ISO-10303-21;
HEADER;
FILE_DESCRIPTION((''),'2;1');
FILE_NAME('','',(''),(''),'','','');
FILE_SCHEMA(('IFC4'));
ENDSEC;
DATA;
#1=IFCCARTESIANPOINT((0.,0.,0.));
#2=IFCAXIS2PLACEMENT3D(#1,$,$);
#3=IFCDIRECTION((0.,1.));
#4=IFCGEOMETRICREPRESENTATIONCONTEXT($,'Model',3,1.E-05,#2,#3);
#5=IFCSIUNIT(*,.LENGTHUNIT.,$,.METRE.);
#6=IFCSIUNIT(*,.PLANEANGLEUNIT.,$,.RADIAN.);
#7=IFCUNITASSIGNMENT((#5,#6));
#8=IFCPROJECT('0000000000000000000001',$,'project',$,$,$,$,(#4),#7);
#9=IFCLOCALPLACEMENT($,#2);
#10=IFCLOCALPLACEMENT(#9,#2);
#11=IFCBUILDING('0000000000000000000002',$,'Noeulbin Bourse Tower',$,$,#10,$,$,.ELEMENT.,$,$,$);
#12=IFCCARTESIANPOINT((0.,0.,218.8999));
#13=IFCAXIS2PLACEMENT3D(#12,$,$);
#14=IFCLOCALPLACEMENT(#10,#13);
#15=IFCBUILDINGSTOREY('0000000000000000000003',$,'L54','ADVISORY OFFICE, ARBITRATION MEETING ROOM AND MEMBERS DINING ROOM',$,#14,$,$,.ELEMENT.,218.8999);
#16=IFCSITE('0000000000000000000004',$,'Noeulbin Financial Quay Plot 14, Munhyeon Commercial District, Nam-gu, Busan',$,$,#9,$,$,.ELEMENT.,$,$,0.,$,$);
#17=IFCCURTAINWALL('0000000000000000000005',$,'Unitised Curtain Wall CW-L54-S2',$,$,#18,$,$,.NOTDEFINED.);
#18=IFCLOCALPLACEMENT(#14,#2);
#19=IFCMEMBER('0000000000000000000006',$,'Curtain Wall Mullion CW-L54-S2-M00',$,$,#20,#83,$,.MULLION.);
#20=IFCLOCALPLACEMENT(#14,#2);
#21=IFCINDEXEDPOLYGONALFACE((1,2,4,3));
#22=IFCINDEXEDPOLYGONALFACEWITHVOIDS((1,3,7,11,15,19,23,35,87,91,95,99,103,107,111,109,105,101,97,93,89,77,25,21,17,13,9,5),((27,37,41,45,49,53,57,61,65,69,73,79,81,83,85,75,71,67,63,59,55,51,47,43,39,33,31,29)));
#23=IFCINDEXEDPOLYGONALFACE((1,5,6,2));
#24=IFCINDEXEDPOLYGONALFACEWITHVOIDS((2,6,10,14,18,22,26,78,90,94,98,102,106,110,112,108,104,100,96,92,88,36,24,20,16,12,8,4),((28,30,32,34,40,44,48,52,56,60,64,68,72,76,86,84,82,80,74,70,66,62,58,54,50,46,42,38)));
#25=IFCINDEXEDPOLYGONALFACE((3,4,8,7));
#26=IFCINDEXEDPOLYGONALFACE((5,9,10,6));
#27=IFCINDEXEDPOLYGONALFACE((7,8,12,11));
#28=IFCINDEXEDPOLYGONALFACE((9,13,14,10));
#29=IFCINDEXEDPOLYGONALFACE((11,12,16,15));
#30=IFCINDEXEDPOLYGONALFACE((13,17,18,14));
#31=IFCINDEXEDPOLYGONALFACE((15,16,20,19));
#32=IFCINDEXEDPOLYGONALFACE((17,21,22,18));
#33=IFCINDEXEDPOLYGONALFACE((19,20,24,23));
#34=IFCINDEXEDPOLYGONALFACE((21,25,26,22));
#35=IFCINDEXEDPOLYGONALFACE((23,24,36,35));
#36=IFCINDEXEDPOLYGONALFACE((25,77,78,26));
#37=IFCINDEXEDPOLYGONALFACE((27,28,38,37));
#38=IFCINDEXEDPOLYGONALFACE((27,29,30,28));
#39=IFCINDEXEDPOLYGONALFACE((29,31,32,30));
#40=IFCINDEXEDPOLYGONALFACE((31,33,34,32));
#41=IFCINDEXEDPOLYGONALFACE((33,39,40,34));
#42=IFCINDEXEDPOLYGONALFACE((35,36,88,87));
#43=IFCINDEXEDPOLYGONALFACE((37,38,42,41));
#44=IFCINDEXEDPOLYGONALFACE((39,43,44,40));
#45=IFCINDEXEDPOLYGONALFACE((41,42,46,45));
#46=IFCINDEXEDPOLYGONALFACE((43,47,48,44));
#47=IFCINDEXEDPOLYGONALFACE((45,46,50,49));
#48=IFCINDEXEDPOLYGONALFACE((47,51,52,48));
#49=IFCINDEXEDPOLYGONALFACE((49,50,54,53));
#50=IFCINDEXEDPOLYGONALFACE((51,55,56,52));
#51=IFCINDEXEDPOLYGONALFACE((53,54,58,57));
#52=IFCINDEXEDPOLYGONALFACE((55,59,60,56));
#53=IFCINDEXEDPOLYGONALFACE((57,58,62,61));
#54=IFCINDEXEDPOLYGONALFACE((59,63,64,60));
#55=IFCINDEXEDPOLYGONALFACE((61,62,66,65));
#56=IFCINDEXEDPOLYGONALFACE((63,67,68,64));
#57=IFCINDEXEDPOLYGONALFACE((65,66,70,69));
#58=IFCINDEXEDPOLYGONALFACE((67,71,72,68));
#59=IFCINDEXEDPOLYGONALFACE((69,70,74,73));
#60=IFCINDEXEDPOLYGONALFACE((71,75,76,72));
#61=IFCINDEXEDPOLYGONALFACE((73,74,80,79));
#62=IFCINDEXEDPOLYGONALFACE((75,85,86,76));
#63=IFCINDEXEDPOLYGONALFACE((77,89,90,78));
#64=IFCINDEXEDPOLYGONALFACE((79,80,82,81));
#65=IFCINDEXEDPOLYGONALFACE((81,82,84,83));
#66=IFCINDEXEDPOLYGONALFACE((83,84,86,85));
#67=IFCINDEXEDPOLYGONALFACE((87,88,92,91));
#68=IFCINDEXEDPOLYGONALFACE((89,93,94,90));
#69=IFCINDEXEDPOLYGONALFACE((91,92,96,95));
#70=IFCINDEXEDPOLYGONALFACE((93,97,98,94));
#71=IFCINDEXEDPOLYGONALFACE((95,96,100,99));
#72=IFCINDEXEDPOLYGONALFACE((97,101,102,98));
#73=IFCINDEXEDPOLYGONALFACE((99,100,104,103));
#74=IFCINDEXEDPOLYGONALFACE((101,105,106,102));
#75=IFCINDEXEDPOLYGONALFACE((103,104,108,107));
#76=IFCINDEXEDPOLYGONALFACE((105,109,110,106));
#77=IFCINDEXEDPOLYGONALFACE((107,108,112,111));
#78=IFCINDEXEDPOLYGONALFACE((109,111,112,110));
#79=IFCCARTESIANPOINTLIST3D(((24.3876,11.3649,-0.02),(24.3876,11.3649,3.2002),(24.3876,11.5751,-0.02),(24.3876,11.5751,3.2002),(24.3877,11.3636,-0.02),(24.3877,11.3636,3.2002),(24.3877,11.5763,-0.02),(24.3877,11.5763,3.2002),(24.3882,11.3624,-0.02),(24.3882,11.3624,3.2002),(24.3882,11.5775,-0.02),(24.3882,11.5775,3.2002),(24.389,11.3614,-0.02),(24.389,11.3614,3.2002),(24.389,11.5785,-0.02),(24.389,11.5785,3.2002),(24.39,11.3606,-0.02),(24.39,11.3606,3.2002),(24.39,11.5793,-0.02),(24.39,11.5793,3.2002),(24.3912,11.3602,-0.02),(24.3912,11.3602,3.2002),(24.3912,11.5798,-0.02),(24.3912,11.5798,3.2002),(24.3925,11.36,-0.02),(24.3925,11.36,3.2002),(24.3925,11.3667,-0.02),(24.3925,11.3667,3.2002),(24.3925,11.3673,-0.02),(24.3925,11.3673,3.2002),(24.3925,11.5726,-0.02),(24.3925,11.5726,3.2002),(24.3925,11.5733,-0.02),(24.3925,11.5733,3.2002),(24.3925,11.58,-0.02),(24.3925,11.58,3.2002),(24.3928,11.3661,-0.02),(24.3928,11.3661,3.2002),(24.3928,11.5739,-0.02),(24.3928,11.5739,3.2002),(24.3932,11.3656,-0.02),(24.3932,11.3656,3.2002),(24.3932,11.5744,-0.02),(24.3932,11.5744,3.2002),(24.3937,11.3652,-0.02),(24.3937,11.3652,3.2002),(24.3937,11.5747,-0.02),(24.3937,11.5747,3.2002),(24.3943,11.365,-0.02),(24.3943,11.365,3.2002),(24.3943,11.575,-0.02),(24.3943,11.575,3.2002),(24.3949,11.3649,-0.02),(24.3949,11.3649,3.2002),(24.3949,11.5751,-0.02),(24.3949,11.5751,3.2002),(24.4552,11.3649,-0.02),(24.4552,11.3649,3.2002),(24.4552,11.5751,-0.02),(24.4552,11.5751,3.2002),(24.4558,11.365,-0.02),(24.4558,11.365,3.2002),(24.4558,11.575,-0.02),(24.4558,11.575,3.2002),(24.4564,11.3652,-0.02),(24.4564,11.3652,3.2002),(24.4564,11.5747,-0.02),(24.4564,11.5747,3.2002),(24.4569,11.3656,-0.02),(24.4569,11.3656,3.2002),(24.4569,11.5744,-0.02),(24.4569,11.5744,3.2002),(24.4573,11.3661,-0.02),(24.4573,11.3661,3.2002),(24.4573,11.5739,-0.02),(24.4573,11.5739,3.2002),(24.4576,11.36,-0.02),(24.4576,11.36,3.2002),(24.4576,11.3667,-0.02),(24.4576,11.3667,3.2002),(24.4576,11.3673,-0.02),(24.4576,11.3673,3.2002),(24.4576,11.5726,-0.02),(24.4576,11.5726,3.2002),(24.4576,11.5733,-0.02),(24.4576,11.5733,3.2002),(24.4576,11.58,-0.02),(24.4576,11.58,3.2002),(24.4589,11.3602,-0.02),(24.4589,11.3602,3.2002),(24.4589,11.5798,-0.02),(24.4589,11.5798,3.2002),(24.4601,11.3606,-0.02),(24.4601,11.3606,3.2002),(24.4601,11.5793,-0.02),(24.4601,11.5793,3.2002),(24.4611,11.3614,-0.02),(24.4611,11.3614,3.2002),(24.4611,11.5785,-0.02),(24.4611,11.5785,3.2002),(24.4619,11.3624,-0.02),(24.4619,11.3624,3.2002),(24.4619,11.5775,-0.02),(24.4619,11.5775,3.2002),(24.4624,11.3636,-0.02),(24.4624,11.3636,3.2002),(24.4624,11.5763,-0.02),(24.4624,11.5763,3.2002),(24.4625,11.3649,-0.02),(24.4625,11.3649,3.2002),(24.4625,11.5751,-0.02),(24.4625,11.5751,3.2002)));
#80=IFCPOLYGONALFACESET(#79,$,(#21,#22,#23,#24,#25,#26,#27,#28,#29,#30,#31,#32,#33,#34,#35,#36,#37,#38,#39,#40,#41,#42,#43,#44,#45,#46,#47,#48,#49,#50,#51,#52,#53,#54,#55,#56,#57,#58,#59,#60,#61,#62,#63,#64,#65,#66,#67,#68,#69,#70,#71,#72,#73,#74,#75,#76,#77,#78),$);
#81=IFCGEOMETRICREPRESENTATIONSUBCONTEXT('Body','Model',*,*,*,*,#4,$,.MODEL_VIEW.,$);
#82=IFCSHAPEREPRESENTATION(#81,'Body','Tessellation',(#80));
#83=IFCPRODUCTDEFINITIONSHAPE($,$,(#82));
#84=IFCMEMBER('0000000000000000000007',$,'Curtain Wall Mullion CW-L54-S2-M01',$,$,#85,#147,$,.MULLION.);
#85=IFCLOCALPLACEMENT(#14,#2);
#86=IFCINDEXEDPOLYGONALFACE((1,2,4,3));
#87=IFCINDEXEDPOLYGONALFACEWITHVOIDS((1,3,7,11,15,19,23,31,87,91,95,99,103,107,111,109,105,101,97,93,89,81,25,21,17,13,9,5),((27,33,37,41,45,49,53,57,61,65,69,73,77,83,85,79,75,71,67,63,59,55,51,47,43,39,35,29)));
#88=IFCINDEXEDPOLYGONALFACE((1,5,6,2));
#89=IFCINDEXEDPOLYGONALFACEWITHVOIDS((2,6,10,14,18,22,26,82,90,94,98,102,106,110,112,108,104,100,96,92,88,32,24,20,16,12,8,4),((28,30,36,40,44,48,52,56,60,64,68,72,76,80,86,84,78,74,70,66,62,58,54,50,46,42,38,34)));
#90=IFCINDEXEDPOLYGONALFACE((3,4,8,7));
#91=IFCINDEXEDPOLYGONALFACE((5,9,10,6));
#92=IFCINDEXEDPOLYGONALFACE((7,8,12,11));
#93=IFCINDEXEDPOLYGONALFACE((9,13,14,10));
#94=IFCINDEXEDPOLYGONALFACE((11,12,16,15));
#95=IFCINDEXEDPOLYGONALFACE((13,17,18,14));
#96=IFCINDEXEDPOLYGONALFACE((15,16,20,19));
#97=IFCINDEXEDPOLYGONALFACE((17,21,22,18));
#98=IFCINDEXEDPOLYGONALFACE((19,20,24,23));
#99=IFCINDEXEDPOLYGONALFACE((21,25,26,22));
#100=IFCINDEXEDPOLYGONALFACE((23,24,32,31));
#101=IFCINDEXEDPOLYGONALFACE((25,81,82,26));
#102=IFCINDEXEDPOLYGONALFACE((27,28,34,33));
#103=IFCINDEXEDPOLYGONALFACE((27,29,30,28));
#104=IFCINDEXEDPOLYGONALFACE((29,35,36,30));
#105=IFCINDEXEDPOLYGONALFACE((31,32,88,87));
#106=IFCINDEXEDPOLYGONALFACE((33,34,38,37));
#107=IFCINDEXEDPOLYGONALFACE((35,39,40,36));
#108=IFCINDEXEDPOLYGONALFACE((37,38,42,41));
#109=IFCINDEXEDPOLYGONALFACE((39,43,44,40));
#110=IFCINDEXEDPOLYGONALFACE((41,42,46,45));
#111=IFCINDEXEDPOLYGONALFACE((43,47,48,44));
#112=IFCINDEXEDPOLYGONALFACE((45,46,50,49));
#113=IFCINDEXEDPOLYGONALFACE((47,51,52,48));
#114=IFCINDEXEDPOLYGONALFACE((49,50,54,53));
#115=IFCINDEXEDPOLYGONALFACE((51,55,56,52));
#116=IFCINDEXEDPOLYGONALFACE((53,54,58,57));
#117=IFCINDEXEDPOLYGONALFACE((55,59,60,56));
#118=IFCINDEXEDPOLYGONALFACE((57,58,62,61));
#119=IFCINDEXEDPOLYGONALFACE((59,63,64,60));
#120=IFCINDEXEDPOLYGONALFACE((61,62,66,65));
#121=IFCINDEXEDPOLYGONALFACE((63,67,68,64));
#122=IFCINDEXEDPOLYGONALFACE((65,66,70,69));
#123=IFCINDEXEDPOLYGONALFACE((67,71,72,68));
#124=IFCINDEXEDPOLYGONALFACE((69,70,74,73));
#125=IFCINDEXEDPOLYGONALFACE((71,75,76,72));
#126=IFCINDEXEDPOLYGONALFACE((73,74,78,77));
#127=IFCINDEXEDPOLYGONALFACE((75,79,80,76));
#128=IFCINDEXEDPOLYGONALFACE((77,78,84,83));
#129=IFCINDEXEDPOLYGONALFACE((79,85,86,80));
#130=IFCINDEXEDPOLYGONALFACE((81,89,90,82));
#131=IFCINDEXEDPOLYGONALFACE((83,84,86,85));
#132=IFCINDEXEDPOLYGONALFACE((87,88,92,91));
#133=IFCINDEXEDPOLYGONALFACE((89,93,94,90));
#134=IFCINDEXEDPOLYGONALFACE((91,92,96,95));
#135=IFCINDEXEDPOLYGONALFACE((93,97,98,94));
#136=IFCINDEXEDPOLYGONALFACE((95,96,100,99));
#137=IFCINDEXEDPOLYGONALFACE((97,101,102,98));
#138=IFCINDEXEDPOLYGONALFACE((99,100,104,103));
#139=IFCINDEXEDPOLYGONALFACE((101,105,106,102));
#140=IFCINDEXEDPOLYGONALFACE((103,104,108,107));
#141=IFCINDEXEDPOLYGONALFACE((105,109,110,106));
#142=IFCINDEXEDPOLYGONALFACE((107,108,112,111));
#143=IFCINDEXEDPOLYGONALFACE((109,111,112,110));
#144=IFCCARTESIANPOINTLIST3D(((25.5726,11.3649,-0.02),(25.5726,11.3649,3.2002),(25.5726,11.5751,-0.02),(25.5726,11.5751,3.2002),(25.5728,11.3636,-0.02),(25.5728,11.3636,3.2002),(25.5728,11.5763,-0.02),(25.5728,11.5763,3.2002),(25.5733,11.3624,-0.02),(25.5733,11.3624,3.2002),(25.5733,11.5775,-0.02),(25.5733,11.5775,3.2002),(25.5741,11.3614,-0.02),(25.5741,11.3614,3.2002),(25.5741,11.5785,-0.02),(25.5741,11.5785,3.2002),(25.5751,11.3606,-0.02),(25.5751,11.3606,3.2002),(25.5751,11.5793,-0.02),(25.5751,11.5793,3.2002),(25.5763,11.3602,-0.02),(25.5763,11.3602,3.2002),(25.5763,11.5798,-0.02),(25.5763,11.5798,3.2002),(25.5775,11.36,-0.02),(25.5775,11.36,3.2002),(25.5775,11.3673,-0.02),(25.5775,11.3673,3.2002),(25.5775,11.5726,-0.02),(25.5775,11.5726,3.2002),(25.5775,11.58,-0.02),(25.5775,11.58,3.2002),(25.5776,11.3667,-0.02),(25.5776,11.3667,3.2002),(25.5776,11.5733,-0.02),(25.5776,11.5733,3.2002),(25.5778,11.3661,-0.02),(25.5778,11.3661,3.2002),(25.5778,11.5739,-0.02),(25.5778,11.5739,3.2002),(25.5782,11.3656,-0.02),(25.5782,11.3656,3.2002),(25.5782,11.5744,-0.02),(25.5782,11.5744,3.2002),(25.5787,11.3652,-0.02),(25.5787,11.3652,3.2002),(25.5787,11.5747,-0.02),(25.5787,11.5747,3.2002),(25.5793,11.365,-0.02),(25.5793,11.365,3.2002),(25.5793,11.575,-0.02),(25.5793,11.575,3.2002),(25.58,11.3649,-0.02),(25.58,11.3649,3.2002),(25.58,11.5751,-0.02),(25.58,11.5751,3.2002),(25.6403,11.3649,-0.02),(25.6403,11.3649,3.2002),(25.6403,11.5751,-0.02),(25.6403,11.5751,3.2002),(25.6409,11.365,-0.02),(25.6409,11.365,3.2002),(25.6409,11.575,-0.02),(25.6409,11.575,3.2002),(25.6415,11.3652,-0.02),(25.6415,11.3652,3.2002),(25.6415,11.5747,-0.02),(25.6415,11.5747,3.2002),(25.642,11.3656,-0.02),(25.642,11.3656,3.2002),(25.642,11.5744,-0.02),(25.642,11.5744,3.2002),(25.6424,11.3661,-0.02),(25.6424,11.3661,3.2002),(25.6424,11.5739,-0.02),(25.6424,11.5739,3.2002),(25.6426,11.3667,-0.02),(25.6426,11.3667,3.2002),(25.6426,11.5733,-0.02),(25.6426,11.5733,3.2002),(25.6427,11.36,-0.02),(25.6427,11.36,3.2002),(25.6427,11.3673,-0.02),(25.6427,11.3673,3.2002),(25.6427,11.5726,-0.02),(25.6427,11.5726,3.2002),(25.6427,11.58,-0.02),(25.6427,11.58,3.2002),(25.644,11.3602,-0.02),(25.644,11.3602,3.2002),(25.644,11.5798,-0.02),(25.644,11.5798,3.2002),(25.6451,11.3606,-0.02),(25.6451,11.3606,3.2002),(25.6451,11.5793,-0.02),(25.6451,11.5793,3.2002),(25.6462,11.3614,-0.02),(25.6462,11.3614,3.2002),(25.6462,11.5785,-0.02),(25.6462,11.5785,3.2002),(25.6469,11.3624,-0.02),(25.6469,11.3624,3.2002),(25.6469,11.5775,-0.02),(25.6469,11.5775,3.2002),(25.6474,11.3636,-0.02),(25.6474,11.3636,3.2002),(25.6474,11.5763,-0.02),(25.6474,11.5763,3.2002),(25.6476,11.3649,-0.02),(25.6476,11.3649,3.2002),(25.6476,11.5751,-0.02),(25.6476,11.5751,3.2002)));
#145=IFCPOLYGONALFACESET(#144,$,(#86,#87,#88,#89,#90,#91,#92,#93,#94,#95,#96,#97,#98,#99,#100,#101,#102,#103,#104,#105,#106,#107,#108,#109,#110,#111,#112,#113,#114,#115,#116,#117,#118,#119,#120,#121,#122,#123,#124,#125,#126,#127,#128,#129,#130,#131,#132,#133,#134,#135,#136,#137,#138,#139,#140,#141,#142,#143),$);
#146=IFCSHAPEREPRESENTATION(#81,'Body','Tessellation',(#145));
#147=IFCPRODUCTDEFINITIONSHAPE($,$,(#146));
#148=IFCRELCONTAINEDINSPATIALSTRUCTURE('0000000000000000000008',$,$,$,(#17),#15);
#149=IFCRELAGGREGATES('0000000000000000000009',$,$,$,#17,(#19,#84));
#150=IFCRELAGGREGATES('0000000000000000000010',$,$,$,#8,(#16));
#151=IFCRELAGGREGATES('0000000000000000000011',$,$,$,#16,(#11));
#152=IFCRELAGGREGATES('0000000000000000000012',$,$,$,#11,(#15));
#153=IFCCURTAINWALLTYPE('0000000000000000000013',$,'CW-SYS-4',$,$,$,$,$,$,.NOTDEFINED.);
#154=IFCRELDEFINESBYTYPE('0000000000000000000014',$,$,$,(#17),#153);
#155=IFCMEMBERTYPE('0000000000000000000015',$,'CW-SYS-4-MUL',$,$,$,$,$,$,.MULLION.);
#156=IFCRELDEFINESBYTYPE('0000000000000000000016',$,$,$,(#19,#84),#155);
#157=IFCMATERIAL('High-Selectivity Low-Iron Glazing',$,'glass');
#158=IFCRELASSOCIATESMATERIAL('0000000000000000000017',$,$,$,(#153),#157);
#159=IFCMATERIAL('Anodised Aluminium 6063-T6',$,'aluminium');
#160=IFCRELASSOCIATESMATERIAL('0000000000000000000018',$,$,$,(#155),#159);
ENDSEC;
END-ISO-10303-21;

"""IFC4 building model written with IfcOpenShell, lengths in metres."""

from ifc_helpers import new_model, si_unit, direction, frame, origin, origin_2d, place, context, subcontext, project, spatial, hollow_rectangle, extrude, material, material_profile, profile_set, type_object, element, aggregate, save


model = new_model("IFC4")

# Units and contexts
model_context = context("Model", 3, precision=1e-05, world=origin(), true_north=direction((0.0, 1.0)))
body_context = subcontext(model_context, "Body", "Model", "MODEL_VIEW")
ifc_project = project(units=[si_unit("LENGTHUNIT", "METRE"), si_unit("PLANEANGLEUNIT", "RADIAN")], contexts=[model_context])

# Site, building, storey
site_placement = place(None, origin())
site = spatial("IfcSite", under=ifc_project, at=site_placement, Name="Noeulbin Financial Quay Plot 14, Munhyeon Commercial District, Nam-gu, Busan", CompositionType="ELEMENT", RefElevation=0.0)
building_placement = place(site_placement, origin())
building = spatial("IfcBuilding", under=site, at=building_placement, Name="Noeulbin Bourse Tower", CompositionType="ELEMENT")
storey_placement = place(building_placement, frame((0.0, 0.0, 218.8999)))
storey = spatial("IfcBuildingStorey", under=building, at=storey_placement, Name="L54", Description="ADVISORY OFFICE, ARBITRATION MEETING ROOM AND MEMBERS DINING ROOM", CompositionType="ELEMENT", Elevation=218.8999)

# Curtain wall, members
ifc_material_1 = material(Name="High-Selectivity Low-Iron Glazing", Category="glass")
curtain_wall_type = type_object("IfcCurtainWallType", Name="CW-SYS-4", PredefinedType="NOTDEFINED", material=ifc_material_1)
ifc_material_2 = material(Name="Anodised Aluminium 6063-T6", Category="aluminium")
ifc_material_profile_1 = material_profile(ifc_material_2, hollow_rectangle(XDim=0.075, YDim=0.22, WallThickness=0.0049, InnerFilletRadius=0.0024, OuterFilletRadius=0.0049, at=origin_2d()), Name="ALU-MULL-75x220x5", Category="LoadBearing")
ifc_profile_set_1 = profile_set([ifc_material_profile_1], Name="Anodised Aluminium 6063-T6")
member_type_1 = type_object("IfcMemberType", Name="CW-SYS-4-MUL", PredefinedType="MULLION", material=ifc_profile_set_1)
curtain_wall_1_placement = place(storey_placement, origin())
curtain_wall_1 = element("IfcCurtainWall", 1, at=curtain_wall_1_placement, inside=storey, type_object=curtain_wall_type, Name="Unitised Curtain Wall CW-L54-S2", PredefinedType="NOTDEFINED")
member_1_placement = place(storey_placement, frame((24.425, 11.47, -0.02), z_axis=(0.0, 0.0, 1.0), x_axis=(1.0, 0.0, 0.0)))
member_1 = element("IfcMember", 2, at=member_1_placement, type_object=member_type_1, Name="Curtain Wall Mullion CW-L54-S2-M00", PredefinedType="MULLION", context=body_context, shape_type="SweptSolid", body=[
    extrude(hollow_rectangle(XDim=0.075, YDim=0.22, WallThickness=0.0049, InnerFilletRadius=0.0024, OuterFilletRadius=0.0049, at=origin_2d()), origin(), (0.0, 0.0, 1.0), 3.2202),
])
member_2_placement = place(storey_placement, frame((25.6101, 11.47, -0.02), z_axis=(0.0, 0.0, 1.0), x_axis=(1.0, 0.0, 0.0)))
member_2 = element("IfcMember", 3, at=member_2_placement, type_object=member_type_1, Name="Curtain Wall Mullion CW-L54-S2-M01", PredefinedType="MULLION", context=body_context, shape_type="SweptSolid", body=[
    extrude(hollow_rectangle(XDim=0.075, YDim=0.22, WallThickness=0.0049, InnerFilletRadius=0.0024, OuterFilletRadius=0.0049, at=origin_2d()), origin(), (0.0, 0.0, 1.0), 3.2202),
])

aggregate(curtain_wall_1, [member_1, member_2])

save(model, "model.ifc")
